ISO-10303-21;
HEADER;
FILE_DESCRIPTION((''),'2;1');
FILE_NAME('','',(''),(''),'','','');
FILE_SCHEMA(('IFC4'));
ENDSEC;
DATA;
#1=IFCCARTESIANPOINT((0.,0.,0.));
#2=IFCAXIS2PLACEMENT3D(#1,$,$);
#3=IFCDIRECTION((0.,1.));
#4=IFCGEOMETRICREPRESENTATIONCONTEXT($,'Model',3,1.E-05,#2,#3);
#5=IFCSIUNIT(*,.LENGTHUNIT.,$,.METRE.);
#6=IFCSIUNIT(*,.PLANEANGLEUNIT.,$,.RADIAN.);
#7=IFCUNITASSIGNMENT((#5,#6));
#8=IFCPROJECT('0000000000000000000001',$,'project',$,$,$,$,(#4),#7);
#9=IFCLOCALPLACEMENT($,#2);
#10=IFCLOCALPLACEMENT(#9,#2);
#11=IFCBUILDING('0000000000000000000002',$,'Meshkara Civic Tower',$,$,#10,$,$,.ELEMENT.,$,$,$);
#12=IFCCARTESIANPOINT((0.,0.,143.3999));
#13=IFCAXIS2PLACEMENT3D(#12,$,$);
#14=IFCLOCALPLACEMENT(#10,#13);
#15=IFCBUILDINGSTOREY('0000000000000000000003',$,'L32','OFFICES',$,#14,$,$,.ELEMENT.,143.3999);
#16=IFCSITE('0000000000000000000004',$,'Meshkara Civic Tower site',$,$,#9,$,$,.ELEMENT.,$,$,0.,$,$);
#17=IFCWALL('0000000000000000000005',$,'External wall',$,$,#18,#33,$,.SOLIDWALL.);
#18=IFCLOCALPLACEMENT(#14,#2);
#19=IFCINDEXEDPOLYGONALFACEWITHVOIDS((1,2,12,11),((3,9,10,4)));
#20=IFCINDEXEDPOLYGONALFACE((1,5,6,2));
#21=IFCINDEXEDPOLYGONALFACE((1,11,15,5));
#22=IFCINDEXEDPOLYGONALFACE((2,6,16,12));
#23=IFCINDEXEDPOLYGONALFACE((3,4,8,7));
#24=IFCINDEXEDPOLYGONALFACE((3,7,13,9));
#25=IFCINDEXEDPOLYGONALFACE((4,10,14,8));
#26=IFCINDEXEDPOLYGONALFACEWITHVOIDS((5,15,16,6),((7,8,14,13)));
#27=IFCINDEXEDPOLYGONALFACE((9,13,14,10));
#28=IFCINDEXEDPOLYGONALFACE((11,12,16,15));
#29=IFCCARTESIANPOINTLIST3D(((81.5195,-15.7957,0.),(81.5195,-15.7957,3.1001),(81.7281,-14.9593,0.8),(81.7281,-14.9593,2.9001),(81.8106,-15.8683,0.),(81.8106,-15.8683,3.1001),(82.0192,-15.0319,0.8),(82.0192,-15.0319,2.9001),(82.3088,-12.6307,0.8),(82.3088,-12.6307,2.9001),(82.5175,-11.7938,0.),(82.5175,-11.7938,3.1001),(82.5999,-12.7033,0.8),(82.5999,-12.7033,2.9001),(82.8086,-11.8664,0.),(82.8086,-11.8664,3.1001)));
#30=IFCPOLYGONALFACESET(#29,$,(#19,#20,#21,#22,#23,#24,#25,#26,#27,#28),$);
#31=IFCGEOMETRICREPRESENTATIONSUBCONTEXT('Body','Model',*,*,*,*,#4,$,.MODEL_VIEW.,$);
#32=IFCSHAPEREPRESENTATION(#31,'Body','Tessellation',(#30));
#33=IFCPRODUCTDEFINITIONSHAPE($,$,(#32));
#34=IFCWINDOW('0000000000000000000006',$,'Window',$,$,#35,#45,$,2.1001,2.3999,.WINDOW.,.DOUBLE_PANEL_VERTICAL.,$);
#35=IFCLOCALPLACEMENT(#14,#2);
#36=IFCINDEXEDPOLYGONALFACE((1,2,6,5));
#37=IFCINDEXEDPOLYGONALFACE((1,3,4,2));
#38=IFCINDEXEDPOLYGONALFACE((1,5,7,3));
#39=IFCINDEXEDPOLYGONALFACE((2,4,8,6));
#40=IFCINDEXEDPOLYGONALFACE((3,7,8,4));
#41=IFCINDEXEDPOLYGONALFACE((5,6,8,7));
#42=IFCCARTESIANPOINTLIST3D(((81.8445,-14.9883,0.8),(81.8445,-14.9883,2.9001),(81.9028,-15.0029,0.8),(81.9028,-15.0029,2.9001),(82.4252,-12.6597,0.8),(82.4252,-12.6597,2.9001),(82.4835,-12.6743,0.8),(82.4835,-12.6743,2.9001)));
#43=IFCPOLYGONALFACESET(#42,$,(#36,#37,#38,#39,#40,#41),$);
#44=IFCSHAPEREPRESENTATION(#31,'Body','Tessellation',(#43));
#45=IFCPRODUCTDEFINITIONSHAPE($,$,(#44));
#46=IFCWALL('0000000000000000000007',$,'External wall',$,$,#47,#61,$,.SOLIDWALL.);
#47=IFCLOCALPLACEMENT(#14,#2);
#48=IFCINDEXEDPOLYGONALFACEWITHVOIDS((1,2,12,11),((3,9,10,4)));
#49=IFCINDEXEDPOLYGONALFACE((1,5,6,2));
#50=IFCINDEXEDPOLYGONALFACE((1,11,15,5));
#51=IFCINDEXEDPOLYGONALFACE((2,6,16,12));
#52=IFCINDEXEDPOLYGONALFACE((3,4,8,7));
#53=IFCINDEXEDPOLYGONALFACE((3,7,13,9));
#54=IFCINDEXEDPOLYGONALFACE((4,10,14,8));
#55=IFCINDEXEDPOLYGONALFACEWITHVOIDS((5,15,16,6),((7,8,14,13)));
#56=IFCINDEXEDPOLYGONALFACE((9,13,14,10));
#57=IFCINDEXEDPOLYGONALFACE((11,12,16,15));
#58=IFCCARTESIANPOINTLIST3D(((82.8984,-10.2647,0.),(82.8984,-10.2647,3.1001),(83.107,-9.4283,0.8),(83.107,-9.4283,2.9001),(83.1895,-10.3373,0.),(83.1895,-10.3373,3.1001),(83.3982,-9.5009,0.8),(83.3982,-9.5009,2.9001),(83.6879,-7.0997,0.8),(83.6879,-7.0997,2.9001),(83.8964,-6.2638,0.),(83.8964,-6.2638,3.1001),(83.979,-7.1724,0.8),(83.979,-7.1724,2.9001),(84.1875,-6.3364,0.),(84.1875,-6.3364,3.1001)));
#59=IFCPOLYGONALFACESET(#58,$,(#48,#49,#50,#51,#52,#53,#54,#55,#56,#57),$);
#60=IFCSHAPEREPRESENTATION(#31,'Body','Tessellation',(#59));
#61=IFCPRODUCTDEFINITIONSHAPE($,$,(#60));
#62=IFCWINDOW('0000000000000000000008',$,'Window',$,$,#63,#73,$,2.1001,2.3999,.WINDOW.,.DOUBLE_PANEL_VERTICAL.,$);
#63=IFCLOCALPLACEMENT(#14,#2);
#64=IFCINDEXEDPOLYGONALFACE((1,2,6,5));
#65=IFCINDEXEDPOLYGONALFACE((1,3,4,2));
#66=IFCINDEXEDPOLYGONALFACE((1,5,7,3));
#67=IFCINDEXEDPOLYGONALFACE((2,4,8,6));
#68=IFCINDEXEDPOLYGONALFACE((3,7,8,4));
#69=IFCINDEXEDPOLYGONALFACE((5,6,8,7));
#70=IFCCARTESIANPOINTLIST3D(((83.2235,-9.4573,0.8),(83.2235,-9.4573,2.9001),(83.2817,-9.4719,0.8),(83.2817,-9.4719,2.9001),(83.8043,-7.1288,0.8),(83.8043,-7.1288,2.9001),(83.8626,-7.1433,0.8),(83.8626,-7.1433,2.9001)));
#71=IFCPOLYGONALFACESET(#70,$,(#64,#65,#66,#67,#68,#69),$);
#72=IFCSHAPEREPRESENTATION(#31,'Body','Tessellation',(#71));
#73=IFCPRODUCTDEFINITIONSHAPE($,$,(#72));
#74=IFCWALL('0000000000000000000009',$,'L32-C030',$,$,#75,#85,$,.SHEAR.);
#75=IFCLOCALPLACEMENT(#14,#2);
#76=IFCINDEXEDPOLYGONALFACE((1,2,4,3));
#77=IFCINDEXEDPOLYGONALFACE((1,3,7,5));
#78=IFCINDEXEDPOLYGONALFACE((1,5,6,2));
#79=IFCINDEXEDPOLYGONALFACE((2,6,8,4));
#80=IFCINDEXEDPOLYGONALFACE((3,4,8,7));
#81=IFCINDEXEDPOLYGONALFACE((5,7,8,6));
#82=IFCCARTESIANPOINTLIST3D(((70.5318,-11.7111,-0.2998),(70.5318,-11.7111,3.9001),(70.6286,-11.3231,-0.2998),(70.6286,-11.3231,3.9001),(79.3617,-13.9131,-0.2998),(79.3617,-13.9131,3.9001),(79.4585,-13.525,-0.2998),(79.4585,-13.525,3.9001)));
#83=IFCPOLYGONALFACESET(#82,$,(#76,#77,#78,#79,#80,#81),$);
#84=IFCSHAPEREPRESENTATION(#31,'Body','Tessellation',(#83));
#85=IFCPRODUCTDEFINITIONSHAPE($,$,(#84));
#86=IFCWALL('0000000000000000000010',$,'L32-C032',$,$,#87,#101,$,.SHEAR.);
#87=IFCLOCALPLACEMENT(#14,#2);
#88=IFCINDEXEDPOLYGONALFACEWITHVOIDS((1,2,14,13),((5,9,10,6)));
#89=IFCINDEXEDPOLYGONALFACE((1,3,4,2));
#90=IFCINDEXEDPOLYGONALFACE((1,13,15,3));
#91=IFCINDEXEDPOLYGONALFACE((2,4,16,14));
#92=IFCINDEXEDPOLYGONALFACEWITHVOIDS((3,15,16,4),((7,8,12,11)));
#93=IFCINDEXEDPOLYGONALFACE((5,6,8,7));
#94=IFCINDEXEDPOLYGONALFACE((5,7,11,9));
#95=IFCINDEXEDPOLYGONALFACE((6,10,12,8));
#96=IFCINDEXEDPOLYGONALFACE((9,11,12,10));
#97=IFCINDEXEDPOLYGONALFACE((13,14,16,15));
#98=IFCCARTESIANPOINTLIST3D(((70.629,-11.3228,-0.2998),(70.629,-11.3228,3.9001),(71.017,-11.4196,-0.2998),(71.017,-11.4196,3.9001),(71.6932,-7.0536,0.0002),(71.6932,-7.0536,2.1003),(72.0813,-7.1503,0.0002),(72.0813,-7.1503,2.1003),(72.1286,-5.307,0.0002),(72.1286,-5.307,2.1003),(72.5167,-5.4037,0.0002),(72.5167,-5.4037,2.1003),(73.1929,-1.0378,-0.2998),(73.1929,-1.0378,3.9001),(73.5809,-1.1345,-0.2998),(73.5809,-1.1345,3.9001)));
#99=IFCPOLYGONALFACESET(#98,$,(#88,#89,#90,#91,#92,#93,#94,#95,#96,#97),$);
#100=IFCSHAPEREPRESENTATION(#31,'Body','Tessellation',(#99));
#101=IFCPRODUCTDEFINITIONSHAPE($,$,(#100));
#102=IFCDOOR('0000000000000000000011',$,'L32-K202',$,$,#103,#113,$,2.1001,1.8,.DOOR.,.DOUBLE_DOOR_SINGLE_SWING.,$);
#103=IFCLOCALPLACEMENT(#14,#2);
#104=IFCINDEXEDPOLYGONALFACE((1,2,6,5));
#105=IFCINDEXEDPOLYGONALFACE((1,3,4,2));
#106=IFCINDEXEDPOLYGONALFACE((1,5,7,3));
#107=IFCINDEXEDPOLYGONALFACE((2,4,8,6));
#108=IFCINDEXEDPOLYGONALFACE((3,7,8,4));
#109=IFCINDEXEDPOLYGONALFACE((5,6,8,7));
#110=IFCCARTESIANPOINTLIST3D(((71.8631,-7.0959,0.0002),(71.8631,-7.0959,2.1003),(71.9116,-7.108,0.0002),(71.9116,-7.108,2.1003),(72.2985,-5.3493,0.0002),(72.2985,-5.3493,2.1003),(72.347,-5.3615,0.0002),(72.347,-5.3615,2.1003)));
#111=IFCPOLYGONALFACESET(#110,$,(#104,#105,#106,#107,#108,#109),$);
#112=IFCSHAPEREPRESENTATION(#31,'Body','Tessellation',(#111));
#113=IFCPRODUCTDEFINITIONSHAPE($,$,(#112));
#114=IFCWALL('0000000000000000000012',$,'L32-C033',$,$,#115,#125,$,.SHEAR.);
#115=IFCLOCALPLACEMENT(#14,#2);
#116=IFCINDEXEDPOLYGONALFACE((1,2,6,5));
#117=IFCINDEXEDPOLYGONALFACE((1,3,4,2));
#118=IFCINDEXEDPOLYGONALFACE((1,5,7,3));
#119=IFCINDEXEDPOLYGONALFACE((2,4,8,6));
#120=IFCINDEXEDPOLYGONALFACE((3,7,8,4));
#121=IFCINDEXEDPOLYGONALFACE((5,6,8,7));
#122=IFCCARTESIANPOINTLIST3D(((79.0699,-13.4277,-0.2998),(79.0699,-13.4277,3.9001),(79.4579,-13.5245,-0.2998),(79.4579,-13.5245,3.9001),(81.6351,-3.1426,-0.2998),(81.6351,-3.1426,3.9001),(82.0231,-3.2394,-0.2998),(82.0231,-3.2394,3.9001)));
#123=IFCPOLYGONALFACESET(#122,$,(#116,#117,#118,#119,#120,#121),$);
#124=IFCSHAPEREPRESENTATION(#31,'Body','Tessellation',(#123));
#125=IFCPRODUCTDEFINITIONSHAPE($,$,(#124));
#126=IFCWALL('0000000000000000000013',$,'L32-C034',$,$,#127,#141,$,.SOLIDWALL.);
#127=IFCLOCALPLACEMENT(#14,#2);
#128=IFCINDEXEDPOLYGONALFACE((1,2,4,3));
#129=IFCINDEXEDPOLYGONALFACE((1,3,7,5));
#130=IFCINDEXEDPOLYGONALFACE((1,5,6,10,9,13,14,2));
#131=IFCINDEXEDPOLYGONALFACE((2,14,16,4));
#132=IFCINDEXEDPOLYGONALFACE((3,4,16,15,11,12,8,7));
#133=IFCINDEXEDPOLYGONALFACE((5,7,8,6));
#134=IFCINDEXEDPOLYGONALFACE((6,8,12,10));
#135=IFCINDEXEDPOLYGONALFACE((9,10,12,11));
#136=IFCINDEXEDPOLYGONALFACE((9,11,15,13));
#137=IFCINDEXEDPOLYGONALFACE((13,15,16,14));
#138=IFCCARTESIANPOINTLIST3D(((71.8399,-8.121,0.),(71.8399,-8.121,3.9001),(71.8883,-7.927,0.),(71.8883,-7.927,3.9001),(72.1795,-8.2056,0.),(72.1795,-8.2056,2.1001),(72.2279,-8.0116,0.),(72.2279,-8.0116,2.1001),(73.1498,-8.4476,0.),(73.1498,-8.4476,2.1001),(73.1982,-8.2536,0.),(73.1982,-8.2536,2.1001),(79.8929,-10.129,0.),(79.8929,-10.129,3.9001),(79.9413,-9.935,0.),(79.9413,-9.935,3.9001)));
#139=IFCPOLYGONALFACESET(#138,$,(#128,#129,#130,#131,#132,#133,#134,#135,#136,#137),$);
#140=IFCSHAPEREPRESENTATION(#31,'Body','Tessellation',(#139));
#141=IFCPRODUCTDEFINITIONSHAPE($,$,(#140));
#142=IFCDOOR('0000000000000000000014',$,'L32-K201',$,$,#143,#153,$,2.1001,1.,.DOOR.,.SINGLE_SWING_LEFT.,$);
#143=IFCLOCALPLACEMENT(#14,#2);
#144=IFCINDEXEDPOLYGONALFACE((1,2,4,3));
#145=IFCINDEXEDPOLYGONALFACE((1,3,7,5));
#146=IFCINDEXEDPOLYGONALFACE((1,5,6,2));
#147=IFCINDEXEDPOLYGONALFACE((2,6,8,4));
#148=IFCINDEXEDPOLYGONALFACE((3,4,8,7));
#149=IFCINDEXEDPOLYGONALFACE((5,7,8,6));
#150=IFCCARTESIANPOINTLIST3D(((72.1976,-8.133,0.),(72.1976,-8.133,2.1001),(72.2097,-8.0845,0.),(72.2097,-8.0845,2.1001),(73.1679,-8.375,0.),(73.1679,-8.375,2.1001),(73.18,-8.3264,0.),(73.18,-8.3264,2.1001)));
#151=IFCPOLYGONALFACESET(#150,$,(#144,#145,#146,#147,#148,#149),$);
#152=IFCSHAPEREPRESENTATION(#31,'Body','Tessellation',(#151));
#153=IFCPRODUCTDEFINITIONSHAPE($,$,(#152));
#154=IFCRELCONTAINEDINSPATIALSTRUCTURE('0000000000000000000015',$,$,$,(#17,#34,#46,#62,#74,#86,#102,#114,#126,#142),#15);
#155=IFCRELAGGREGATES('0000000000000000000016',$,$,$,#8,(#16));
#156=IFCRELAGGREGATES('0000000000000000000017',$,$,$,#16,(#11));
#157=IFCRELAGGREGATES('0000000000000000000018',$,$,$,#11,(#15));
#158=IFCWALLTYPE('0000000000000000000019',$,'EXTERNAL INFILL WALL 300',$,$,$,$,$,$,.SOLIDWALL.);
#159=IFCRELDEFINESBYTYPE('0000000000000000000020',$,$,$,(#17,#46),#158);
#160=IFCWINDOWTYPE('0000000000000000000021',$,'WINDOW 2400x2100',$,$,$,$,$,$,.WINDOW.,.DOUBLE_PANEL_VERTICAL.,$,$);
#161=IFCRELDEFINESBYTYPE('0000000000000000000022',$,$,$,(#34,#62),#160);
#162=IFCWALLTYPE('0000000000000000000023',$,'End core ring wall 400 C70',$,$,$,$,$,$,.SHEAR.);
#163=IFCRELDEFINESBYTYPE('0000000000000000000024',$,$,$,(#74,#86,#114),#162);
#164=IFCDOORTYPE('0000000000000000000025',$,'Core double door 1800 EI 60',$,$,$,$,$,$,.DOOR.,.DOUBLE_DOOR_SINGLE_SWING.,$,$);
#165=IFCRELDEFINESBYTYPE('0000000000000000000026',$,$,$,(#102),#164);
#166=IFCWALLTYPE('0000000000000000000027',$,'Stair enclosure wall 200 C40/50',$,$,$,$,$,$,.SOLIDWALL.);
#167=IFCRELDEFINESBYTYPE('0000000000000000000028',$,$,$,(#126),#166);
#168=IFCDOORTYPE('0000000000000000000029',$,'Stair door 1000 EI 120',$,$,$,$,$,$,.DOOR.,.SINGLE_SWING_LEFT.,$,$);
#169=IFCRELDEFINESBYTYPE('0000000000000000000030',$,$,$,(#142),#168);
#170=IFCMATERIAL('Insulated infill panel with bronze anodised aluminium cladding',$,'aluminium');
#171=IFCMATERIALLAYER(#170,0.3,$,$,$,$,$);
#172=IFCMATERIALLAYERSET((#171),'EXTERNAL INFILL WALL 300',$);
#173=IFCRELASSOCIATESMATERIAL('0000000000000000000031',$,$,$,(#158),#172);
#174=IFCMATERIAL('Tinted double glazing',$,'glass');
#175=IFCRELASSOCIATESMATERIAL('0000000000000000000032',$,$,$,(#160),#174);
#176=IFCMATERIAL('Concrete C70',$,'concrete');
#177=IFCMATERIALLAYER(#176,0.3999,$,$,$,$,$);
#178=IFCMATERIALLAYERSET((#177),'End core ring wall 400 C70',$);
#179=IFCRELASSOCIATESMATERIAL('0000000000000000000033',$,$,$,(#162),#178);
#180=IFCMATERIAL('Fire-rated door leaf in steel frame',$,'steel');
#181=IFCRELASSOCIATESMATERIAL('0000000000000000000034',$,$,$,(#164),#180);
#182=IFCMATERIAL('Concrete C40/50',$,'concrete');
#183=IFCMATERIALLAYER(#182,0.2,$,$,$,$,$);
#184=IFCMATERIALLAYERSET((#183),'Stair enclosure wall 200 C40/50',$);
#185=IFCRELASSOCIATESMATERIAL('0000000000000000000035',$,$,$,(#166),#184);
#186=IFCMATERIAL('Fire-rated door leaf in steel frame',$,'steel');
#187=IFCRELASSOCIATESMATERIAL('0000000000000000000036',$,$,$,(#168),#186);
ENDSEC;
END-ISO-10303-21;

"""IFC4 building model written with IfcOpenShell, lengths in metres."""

from ifc_helpers import new_model, si_unit, direction, frame, frame_2d, origin, place, context, subcontext, project, spatial, rectangle, extrude, material, layer, layer_set, type_object, element, fill, save


model = new_model("IFC4")

# Units and contexts
model_context = context("Model", 3, precision=1e-05, world=origin(), true_north=direction((0.0, 1.0)))
body_context = subcontext(model_context, "Body", "Model", "MODEL_VIEW")
ifc_project = project(units=[si_unit("LENGTHUNIT", "METRE"), si_unit("PLANEANGLEUNIT", "RADIAN")], contexts=[model_context])

# Site, building, storey
site_placement = place(None, origin())
site = spatial("IfcSite", under=ifc_project, at=site_placement, Name="Meshkara Civic Tower site", CompositionType="ELEMENT", RefElevation=0.0)
building_placement = place(site_placement, origin())
building = spatial("IfcBuilding", under=site, at=building_placement, Name="Meshkara Civic Tower", CompositionType="ELEMENT")
storey_placement = place(building_placement, frame((0.0, 0.0, 143.3999)))
storey = spatial("IfcBuildingStorey", under=building, at=storey_placement, Name="L32", Description="OFFICES", CompositionType="ELEMENT", Elevation=143.3999)

# Walls, openings, windows
ifc_material_1 = material(Name="Insulated infill panel with bronze anodised aluminium cladding", Category="aluminium")
ifc_layer_1 = layer(ifc_material_1, 0.3)
ifc_layer_set_1 = layer_set([ifc_layer_1], Name="EXTERNAL INFILL WALL 300")
wall_type_1 = type_object("IfcWallType", Name="EXTERNAL INFILL WALL 300", PredefinedType="SOLIDWALL", material=ifc_layer_set_1)
ifc_material_2 = material(Name="Tinted double glazing", Category="glass")
window_type_1 = type_object("IfcWindowType", Name="WINDOW 2400x2100", PartitioningType="DOUBLE_PANEL_VERTICAL", PredefinedType="WINDOW", material=ifc_material_2)
wall_1_placement = place(storey_placement, frame((81.665, -15.832, 0.0), z_axis=(0.0, 0.0, 1.0), x_axis=(0.241978, 0.970282, 0.0)))
wall_1 = element("IfcWall", 1, at=wall_1_placement, inside=storey, type_object=wall_type_1, Name="External wall", PredefinedType="SOLIDWALL", context=body_context, shape_type="SweptSolid", body=[
    extrude(rectangle(XDim=4.1245, YDim=0.3, at=frame_2d((2.0623, 0.0))), origin(), (0.0, 0.0, 1.0), 3.1001),
])
opening_1_placement = place(wall_1_placement, frame((0.8621, 0.0, 0.8)))
opening_1 = element("IfcOpeningElement", 2, at=opening_1_placement, cuts=wall_1, PredefinedType="OPENING", context=body_context, shape_type="SweptSolid", body=[
    extrude(rectangle(XDim=2.3999, YDim=2.1001, at=frame_2d((1.2, 1.05))), frame((0.0, 0.1599, 0.0), z_axis=(0.0, -1.0, 0.0), x_axis=(1.0, 0.0, 0.0)), (0.0, 0.0, 1.0), 0.3201),
])
window_1_placement = place(opening_1_placement, origin())
window_1 = element("IfcWindow", 3, at=window_1_placement, inside=storey, type_object=window_type_1, Name="Window", OverallHeight=2.1001, OverallWidth=2.3999, PartitioningType="DOUBLE_PANEL_VERTICAL", PredefinedType="WINDOW", context=body_context, shape_type="SweptSolid", body=[
    extrude(rectangle(XDim=2.3999, YDim=2.1001, at=frame_2d((1.2, 1.05))), frame((0.0, 0.03, 0.0), z_axis=(0.0, -1.0, 0.0), x_axis=(1.0, 0.0, 0.0)), (0.0, 0.0, 1.0), 0.0601),
])
fill(opening_1, window_1)
wall_2_placement = place(storey_placement, frame((83.0439, -10.301, 0.0), z_axis=(0.0, 0.0, 1.0), x_axis=(0.242034, 0.970268, 0.0)))
wall_2 = element("IfcWall", 4, at=wall_2_placement, inside=storey, type_object=wall_type_1, Name="External wall", PredefinedType="SOLIDWALL", context=body_context, shape_type="SweptSolid", body=[
    extrude(rectangle(XDim=4.1235, YDim=0.3, at=frame_2d((2.0618, 0.0))), origin(), (0.0, 0.0, 1.0), 3.1001),
])
opening_2_placement = place(wall_2_placement, frame((0.8621, 0.0, 0.8)))
opening_2 = element("IfcOpeningElement", 5, at=opening_2_placement, cuts=wall_2, PredefinedType="OPENING", context=body_context, shape_type="SweptSolid", body=[
    extrude(rectangle(XDim=2.3999, YDim=2.1001, at=frame_2d((1.2, 1.05))), frame((0.0, 0.1599, 0.0), z_axis=(0.0, -1.0, 0.0), x_axis=(1.0, 0.0, 0.0)), (0.0, 0.0, 1.0), 0.3201),
])
window_2_placement = place(opening_2_placement, origin())
window_2 = element("IfcWindow", 6, at=window_2_placement, inside=storey, type_object=window_type_1, Name="Window", OverallHeight=2.1001, OverallWidth=2.3999, PartitioningType="DOUBLE_PANEL_VERTICAL", PredefinedType="WINDOW", context=body_context, shape_type="SweptSolid", body=[
    extrude(rectangle(XDim=2.3999, YDim=2.1001, at=frame_2d((1.2, 1.05))), frame((0.0, 0.03, 0.0), z_axis=(0.0, -1.0, 0.0), x_axis=(1.0, 0.0, 0.0)), (0.0, 0.0, 1.0), 0.0601),
])
fill(opening_2, window_2)

# Wall
ifc_material_3 = material(Name="Concrete C70", Category="concrete")
ifc_layer_2 = layer(ifc_material_3, 0.3999)
ifc_layer_set_2 = layer_set([ifc_layer_2], Name="End core ring wall 400 C70")
wall_type_2 = type_object("IfcWallType", Name="End core ring wall 400 C70", PredefinedType="SHEAR", material=ifc_layer_set_2)
wall_3_placement = place(storey_placement, frame((70.5801, -11.5171, -0.2998), z_axis=(0.0, 0.0, 1.0), x_axis=(0.970286, -0.241961, 0.0)))
element("IfcWall", 7, at=wall_3_placement, inside=storey, type_object=wall_type_2, Name="L32-C030", PredefinedType="SHEAR", context=body_context, shape_type="SweptSolid", body=[
    extrude(rectangle(XDim=9.1003, YDim=0.3999, at=frame_2d((4.5503, 0.0))), origin(), (0.0, 0.0, 1.0), 4.2),
])

# Wall, opening, door
wall_4_placement = place(storey_placement, frame((70.823, -11.3711, -0.2998), z_axis=(0.0, 0.0, 1.0), x_axis=(0.241885, 0.970305, 0.0)))
wall_4 = element("IfcWall", 8, at=wall_4_placement, inside=storey, type_object=wall_type_2, Name="L32-C032", PredefinedType="SHEAR", context=body_context, shape_type="SweptSolid", body=[
    extrude(rectangle(XDim=10.5999, YDim=0.3999, at=frame_2d((5.2998, 0.0))), origin(), (0.0, 0.0, 1.0), 4.2),
])
opening_3_placement = place(wall_4_placement, frame((4.3999, 0.0, 0.3)))
opening_3 = element("IfcOpeningElement", 9, at=opening_3_placement, cuts=wall_4, PredefinedType="OPENING", context=body_context, shape_type="SweptSolid", body=[
    extrude(rectangle(XDim=1.8, YDim=2.1001, at=frame_2d((0.8999, 1.05))), frame((0.0, 0.21, 0.0), z_axis=(0.0, -1.0, 0.0), x_axis=(1.0, 0.0, 0.0)), (0.0, 0.0, 1.0), 0.4199),
])
ifc_material_4 = material(Name="Fire-rated door leaf in steel frame", Category="steel")
door_type_1 = type_object("IfcDoorType", Name="Core double door 1800 EI 60", OperationType="DOUBLE_DOOR_SINGLE_SWING", PredefinedType="DOOR", material=ifc_material_4)
door_1_placement = place(opening_3_placement, origin())
door_1 = element("IfcDoor", 10, at=door_1_placement, inside=storey, type_object=door_type_1, Name="L32-K202", OperationType="DOUBLE_DOOR_SINGLE_SWING", OverallHeight=2.1001, OverallWidth=1.8, PredefinedType="DOOR", context=body_context, shape_type="SweptSolid", body=[
    extrude(rectangle(XDim=1.8, YDim=2.1001, at=frame_2d((0.8999, 1.05))), frame((0.0, 0.0249, 0.0), z_axis=(0.0, -1.0, 0.0), x_axis=(1.0, 0.0, 0.0)), (0.0, 0.0, 1.0), 0.05),
])
fill(opening_3, door_1)

# Wall
wall_5_placement = place(storey_placement, frame((79.2639, -13.4761, -0.2998), z_axis=(0.0, 0.0, 1.0), x_axis=(0.241994, 0.970278, 0.0)))
element("IfcWall", 11, at=wall_5_placement, inside=storey, type_object=wall_type_2, Name="L32-C033", PredefinedType="SHEAR", context=body_context, shape_type="SweptSolid", body=[
    extrude(rectangle(XDim=10.6001, YDim=0.3999, at=frame_2d((5.3, 0.0))), origin(), (0.0, 0.0, 1.0), 4.2),
])

# Wall, opening, door
ifc_material_5 = material(Name="Concrete C40/50", Category="concrete")
ifc_layer_3 = layer(ifc_material_5, 0.2)
ifc_layer_set_3 = layer_set([ifc_layer_3], Name="Stair enclosure wall 200 C40/50")
wall_type_3 = type_object("IfcWallType", Name="Stair enclosure wall 200 C40/50", PredefinedType="SOLIDWALL", material=ifc_layer_set_3)
wall_6_placement = place(storey_placement, frame((71.864, -8.0239, 0.0), z_axis=(0.0, 0.0, 1.0), x_axis=(0.970289, -0.241947, 0.0)))
wall_6 = element("IfcWall", 12, at=wall_6_placement, inside=storey, type_object=wall_type_3, Name="L32-C034", PredefinedType="SOLIDWALL", context=body_context, shape_type="SweptSolid", body=[
    extrude(rectangle(XDim=8.2996, YDim=0.2, at=frame_2d((4.1499, 0.0))), origin(), (0.0, 0.0, 1.0), 3.9001),
])
opening_4_placement = place(wall_6_placement, frame((0.3501, 0.0, 0.0)))
opening_4 = element("IfcOpeningElement", 13, at=opening_4_placement, cuts=wall_6, PredefinedType="OPENING", context=body_context, shape_type="SweptSolid", body=[
    extrude(rectangle(XDim=1.0, YDim=2.1001, at=frame_2d((0.5, 1.05))), frame((0.0, 0.1099, 0.0), z_axis=(0.0, -1.0, 0.0), x_axis=(1.0, 0.0, 0.0)), (0.0, 0.0, 1.0), 0.22),
])
ifc_material_6 = material(Name="Fire-rated door leaf in steel frame", Category="steel")
door_type_2 = type_object("IfcDoorType", Name="Stair door 1000 EI 120", OperationType="SINGLE_SWING_LEFT", PredefinedType="DOOR", material=ifc_material_6)
door_2_placement = place(opening_4_placement, origin())
door_2 = element("IfcDoor", 14, at=door_2_placement, inside=storey, type_object=door_type_2, Name="L32-K201", OperationType="SINGLE_SWING_LEFT", OverallHeight=2.1001, OverallWidth=1.0, PredefinedType="DOOR", context=body_context, shape_type="SweptSolid", body=[
    extrude(rectangle(XDim=1.0, YDim=2.1001, at=frame_2d((0.5, 1.05))), frame((0.0, 0.0249, 0.0), z_axis=(0.0, -1.0, 0.0), x_axis=(1.0, 0.0, 0.0)), (0.0, 0.0, 1.0), 0.05),
])
fill(opening_4, door_2)

save(model, "model.ifc")
